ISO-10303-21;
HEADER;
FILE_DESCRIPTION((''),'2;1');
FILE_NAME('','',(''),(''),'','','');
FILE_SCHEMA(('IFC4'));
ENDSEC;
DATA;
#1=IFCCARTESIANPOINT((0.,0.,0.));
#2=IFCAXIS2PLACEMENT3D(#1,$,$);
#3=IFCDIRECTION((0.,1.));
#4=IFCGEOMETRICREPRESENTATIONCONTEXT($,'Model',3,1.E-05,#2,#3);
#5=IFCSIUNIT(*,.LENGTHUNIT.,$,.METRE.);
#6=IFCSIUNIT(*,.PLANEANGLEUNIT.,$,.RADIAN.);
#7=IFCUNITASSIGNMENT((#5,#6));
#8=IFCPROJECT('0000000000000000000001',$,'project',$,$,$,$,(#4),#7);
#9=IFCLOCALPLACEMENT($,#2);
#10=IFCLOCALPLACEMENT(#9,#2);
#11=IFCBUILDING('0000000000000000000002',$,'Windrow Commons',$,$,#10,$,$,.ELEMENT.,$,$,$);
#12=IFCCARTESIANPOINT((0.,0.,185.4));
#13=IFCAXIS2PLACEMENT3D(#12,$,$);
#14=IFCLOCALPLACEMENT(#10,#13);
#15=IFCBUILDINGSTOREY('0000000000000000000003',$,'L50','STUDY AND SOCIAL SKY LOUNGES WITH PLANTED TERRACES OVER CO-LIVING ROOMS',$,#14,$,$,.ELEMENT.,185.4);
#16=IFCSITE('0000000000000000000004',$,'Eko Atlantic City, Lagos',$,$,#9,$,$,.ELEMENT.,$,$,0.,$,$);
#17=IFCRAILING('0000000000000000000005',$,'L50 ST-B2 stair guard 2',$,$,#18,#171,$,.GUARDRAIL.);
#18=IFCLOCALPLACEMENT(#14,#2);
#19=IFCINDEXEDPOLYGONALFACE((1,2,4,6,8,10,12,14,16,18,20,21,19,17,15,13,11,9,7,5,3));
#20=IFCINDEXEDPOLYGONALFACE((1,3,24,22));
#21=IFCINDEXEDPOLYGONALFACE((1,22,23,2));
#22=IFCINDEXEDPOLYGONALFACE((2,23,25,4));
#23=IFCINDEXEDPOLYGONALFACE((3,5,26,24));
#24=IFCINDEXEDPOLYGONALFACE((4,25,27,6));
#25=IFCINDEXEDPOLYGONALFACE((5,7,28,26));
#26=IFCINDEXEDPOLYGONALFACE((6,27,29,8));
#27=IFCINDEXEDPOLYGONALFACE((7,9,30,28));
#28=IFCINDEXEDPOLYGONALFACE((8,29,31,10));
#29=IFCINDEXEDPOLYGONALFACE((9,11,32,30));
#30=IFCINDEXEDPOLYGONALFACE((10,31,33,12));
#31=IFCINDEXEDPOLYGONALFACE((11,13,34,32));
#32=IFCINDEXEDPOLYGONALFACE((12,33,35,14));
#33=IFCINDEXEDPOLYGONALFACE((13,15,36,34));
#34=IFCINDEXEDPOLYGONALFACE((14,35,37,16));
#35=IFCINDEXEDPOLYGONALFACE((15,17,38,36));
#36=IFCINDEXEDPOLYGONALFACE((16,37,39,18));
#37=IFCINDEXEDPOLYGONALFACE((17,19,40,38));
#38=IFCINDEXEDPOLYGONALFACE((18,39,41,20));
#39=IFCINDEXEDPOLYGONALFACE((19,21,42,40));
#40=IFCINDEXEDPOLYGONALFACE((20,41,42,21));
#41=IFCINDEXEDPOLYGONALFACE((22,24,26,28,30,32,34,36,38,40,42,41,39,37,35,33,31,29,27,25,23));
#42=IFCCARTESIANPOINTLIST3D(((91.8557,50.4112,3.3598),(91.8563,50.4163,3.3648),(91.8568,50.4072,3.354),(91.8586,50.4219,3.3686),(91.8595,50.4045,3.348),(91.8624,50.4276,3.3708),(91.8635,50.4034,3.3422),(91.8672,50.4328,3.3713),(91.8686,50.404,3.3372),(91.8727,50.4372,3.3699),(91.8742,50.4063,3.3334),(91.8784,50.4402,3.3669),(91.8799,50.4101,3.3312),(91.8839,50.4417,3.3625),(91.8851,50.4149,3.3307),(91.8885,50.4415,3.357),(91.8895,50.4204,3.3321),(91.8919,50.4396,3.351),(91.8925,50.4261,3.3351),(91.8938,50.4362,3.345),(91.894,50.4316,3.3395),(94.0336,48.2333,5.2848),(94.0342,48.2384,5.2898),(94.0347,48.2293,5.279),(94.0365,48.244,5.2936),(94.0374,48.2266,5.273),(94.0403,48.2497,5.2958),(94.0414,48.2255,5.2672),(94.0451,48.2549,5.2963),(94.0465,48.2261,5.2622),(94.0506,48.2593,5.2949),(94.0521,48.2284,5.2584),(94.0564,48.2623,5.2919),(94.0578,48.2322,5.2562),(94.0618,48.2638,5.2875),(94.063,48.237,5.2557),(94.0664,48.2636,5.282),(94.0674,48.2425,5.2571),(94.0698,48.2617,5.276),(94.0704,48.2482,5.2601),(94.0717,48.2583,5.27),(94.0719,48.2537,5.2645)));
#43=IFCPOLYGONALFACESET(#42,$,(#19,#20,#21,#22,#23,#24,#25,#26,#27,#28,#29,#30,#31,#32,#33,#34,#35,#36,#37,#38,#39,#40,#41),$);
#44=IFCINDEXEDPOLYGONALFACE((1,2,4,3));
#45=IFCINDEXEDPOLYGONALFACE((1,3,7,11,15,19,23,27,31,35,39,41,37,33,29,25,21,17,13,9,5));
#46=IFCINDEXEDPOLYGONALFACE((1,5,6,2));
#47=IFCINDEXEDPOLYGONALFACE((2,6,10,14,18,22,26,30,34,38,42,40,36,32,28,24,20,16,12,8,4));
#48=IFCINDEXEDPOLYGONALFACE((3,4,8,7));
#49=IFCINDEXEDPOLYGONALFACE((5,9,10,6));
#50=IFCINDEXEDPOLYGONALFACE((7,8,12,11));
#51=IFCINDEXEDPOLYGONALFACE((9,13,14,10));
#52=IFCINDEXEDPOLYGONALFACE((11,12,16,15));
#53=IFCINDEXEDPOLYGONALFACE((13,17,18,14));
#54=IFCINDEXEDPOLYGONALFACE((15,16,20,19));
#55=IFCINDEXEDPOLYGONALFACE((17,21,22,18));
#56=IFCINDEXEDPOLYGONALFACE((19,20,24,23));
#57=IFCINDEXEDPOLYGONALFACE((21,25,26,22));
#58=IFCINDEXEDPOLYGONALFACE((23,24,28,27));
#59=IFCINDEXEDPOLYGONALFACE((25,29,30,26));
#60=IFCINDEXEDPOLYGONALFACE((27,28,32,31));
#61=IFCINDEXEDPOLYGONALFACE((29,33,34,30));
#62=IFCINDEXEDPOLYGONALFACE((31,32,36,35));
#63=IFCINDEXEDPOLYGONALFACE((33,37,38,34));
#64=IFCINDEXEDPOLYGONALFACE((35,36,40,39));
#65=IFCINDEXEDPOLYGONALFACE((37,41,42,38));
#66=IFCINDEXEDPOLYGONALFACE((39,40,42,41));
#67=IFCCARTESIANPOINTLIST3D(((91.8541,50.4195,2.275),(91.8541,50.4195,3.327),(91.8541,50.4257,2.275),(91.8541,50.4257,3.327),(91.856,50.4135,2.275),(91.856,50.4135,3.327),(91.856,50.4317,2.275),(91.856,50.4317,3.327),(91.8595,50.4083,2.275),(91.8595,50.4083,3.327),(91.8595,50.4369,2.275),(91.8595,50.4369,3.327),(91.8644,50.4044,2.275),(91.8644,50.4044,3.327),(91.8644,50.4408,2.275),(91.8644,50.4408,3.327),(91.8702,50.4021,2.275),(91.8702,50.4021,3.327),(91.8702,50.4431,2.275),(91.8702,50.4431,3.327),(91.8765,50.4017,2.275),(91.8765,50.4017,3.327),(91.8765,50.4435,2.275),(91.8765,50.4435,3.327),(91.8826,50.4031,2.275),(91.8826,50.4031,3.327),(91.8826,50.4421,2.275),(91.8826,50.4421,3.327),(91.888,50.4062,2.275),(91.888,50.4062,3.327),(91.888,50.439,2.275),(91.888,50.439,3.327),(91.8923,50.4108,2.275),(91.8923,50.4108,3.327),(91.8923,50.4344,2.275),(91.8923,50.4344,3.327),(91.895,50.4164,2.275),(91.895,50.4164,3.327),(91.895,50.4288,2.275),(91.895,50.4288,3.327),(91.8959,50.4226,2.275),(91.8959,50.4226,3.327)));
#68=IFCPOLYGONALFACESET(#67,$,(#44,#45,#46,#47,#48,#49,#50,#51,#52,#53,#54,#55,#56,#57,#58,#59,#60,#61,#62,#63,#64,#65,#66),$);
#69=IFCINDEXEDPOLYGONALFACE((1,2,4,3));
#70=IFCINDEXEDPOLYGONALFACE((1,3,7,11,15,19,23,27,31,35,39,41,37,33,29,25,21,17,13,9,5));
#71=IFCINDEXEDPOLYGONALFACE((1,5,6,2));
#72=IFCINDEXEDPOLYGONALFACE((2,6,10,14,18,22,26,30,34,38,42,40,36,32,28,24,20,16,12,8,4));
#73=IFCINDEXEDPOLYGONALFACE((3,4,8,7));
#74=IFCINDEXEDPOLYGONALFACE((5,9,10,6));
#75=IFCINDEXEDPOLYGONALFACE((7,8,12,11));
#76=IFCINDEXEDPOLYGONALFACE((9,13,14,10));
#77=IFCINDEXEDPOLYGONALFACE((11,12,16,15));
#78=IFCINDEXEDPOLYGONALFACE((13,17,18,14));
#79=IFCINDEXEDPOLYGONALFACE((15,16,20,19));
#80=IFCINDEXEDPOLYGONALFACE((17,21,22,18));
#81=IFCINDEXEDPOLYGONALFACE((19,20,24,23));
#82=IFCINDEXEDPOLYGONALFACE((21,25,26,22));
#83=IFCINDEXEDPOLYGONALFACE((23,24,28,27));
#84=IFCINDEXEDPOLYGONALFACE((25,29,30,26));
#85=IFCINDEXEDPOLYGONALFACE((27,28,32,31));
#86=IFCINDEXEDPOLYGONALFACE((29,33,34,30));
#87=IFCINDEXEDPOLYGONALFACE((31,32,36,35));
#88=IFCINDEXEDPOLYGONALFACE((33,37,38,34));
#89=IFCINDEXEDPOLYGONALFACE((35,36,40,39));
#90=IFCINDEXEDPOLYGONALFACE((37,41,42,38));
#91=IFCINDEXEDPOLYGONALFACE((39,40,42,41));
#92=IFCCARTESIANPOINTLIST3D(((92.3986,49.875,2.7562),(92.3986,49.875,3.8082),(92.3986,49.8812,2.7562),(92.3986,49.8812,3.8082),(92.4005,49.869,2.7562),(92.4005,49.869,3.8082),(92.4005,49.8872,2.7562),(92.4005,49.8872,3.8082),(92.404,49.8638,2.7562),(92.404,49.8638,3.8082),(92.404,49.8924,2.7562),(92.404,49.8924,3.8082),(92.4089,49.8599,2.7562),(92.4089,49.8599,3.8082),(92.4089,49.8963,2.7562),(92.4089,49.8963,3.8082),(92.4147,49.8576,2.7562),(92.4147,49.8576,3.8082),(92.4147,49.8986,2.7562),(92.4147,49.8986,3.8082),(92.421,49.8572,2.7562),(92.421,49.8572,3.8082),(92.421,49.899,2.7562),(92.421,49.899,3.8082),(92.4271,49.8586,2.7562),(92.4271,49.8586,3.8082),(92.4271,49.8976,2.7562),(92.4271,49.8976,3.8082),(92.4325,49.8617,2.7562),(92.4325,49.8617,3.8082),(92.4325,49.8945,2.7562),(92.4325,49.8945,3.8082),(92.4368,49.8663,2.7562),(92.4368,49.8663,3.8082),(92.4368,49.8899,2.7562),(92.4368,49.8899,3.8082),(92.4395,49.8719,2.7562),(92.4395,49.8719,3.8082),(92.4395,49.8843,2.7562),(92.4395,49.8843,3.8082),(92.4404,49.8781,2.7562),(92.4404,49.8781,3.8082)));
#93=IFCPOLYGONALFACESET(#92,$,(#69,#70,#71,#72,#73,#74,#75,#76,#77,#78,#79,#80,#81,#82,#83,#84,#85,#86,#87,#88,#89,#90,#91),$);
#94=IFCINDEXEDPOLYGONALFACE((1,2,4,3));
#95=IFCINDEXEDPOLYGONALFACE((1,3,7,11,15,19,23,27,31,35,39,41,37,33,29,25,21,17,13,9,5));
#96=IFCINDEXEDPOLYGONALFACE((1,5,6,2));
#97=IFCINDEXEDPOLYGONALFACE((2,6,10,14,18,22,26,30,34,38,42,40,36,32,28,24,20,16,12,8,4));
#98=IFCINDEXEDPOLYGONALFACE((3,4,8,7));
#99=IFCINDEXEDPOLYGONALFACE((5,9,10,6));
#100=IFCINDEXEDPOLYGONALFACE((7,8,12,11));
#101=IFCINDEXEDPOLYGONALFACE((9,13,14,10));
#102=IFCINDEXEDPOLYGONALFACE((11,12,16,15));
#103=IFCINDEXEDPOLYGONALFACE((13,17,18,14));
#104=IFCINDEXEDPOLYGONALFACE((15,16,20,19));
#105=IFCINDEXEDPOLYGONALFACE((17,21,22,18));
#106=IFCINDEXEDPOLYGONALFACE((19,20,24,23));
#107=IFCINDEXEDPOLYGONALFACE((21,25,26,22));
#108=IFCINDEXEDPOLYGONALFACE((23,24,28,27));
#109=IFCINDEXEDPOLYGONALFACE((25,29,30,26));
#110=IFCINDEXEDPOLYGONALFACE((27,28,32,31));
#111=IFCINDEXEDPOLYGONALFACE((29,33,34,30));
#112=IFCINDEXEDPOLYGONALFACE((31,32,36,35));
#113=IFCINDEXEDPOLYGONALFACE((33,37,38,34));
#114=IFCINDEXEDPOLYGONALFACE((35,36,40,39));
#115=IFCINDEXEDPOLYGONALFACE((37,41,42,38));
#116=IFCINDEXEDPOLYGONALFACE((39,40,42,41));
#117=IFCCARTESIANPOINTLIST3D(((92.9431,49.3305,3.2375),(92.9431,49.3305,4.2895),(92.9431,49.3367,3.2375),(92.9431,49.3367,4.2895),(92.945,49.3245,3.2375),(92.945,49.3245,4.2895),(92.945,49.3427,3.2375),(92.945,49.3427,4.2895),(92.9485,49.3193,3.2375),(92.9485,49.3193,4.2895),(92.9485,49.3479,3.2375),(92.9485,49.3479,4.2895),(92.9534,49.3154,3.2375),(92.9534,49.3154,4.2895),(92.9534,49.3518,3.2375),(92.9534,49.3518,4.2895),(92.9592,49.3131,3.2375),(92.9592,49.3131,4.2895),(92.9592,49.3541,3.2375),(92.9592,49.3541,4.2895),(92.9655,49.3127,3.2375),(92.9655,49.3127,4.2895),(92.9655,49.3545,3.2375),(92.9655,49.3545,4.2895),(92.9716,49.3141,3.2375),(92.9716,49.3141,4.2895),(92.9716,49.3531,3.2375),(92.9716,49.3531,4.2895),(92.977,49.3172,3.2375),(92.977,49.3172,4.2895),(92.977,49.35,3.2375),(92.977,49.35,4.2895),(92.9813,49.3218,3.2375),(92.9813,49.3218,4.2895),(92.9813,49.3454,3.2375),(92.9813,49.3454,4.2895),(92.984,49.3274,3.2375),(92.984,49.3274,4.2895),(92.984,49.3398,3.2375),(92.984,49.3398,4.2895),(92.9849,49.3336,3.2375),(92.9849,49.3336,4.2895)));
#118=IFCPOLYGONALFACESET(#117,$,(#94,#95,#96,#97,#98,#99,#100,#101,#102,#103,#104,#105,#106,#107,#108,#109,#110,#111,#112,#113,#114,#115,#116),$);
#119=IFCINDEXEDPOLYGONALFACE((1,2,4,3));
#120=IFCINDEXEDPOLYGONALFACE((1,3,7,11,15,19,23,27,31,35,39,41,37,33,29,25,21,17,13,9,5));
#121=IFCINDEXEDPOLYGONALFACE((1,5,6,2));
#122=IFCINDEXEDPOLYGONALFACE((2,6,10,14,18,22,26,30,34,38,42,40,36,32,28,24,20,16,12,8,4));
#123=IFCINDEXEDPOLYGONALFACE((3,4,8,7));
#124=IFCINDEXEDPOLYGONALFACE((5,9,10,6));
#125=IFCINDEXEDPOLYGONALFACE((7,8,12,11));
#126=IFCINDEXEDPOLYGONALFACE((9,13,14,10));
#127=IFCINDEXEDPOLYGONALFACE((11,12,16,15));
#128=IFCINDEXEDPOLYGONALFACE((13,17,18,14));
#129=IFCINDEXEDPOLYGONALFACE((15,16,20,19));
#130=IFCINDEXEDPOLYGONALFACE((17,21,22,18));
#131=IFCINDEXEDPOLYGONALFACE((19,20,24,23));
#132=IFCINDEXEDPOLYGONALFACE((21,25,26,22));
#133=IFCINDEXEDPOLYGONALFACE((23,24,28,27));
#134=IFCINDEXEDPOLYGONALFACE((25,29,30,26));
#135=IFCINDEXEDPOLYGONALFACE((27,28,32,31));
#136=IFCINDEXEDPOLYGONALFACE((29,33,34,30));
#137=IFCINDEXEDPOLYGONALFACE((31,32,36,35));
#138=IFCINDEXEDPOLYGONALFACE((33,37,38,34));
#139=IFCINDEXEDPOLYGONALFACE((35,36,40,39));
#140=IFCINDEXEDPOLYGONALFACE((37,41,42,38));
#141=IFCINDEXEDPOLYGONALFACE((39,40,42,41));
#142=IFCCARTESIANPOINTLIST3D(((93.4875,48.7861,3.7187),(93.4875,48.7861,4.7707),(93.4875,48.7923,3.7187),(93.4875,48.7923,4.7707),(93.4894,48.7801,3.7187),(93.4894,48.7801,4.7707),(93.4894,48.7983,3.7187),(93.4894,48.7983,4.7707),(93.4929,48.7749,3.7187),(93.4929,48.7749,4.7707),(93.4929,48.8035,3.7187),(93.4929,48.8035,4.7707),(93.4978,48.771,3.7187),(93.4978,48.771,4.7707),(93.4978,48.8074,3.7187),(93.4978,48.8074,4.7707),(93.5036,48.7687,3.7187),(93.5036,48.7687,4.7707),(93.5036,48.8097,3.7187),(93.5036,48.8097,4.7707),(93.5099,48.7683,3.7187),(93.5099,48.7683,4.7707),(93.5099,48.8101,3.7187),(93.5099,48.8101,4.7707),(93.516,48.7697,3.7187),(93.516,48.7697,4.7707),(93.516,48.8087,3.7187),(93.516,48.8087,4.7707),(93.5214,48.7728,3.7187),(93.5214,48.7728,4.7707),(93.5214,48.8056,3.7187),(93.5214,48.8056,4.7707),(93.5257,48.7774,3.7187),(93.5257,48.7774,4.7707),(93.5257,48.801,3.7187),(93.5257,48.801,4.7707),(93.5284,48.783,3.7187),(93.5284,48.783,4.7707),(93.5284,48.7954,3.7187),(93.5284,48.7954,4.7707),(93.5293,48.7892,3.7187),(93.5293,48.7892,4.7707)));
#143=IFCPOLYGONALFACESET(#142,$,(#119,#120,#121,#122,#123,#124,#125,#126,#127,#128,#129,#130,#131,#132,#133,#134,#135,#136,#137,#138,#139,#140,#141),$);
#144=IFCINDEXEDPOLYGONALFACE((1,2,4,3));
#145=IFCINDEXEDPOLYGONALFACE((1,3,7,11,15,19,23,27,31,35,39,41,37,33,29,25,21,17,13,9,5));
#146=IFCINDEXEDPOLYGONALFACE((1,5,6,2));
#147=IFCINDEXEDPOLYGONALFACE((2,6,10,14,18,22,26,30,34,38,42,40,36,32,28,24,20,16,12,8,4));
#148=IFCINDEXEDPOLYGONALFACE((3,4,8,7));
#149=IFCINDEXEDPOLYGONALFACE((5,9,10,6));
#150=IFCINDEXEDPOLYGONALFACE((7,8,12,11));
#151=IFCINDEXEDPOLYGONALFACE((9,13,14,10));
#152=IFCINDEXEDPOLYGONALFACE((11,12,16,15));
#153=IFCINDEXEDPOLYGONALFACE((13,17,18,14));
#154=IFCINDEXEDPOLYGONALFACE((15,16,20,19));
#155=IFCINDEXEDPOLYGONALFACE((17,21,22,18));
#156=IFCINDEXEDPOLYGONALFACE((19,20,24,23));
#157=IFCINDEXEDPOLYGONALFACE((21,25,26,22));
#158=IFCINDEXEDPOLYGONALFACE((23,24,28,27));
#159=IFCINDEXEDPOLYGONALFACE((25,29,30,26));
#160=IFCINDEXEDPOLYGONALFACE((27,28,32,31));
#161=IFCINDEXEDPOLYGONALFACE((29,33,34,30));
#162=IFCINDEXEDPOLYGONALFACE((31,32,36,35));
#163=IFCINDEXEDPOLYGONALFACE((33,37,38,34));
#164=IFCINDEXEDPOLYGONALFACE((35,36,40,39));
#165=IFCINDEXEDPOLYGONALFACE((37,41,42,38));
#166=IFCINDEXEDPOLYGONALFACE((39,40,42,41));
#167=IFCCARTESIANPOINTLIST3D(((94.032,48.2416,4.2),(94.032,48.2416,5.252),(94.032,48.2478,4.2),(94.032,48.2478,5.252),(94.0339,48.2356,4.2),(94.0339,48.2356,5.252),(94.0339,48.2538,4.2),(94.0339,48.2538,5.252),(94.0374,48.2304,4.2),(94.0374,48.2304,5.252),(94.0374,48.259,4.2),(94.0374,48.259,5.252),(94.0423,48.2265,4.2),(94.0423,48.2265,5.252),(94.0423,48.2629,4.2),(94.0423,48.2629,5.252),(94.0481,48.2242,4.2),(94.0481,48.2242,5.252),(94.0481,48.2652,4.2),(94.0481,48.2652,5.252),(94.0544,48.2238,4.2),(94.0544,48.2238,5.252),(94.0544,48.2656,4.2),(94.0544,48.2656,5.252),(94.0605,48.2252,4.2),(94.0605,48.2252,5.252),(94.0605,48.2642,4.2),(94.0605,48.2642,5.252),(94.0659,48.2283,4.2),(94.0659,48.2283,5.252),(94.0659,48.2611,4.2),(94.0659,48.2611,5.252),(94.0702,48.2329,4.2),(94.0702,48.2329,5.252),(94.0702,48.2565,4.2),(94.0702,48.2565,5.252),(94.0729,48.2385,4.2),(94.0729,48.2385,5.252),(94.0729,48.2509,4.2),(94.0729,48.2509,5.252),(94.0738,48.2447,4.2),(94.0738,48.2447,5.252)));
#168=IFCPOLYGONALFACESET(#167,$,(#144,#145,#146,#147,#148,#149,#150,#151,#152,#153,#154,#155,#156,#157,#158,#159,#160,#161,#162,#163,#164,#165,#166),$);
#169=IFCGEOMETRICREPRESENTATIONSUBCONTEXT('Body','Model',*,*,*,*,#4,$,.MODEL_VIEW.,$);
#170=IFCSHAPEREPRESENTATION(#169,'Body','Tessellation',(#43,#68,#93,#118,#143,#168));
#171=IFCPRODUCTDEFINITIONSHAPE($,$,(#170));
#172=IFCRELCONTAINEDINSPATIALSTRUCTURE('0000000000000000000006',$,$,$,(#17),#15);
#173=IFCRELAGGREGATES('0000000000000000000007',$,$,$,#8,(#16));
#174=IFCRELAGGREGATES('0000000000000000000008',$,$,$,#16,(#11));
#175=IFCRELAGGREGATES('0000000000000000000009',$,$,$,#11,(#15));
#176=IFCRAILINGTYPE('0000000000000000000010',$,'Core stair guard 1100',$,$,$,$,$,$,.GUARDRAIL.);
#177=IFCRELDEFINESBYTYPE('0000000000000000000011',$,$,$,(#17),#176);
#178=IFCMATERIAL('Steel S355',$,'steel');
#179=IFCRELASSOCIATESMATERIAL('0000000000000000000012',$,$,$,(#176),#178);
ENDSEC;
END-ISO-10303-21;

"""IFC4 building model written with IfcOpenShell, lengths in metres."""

from ifc_helpers import new_model, si_unit, direction, frame, origin, origin_2d, place, context, subcontext, project, spatial, circle, extrude, material, type_object, element, save


model = new_model("IFC4")

# Units and contexts
model_context = context("Model", 3, precision=1e-05, world=origin(), true_north=direction((0.0, 1.0)))
body_context = subcontext(model_context, "Body", "Model", "MODEL_VIEW")
ifc_project = project(units=[si_unit("LENGTHUNIT", "METRE"), si_unit("PLANEANGLEUNIT", "RADIAN")], contexts=[model_context])

# Site, building, storey
site_placement = place(None, origin())
site = spatial("IfcSite", under=ifc_project, at=site_placement, Name="Eko Atlantic City, Lagos", CompositionType="ELEMENT", RefElevation=0.0)
building_placement = place(site_placement, origin())
building = spatial("IfcBuilding", under=site, at=building_placement, Name="Windrow Commons", CompositionType="ELEMENT")
storey_placement = place(building_placement, frame((0.0, 0.0, 185.4)))
storey = spatial("IfcBuildingStorey", under=building, at=storey_placement, Name="L50", Description="STUDY AND SOCIAL SKY LOUNGES WITH PLANTED TERRACES OVER CO-LIVING ROOMS", CompositionType="ELEMENT", Elevation=185.4)

# Railing
ifc_material_1 = material(Name="Steel S355", Category="steel")
railing_type_1 = type_object("IfcRailingType", Name="Core stair guard 1100", PredefinedType="GUARDRAIL", material=ifc_material_1)
railing_1_placement = place(storey_placement, frame((91.8749, 50.4226, 2.275)))
element("IfcRailing", 1, at=railing_1_placement, inside=storey, type_object=railing_type_1, Name="L50 ST-B2 stair guard 2", PredefinedType="GUARDRAIL", context=body_context, shape_type="SweptSolid", body=[
    extrude(circle(Radius=0.024, at=origin_2d()), frame((0.0, 0.0, 1.076), z_axis=(0.599626, -0.599626, 0.529997), x_axis=(0.707107, 0.707107, 0.0)), (0.0, 0.0, 1.0), 3.6321),
    extrude(circle(Radius=0.021, at=origin_2d()), origin(), (0.0, 0.0, 1.0), 1.052),
    extrude(circle(Radius=0.021, at=origin_2d()), frame((0.5445, -0.5445, 0.4812)), (0.0, 0.0, 1.0), 1.052),
    extrude(circle(Radius=0.021, at=origin_2d()), frame((1.089, -1.089, 0.9625)), (0.0, 0.0, 1.0), 1.052),
    extrude(circle(Radius=0.021, at=origin_2d()), frame((1.6334, -1.6334, 1.4437)), (0.0, 0.0, 1.0), 1.052),
    extrude(circle(Radius=0.021, at=origin_2d()), frame((2.1779, -2.1779, 1.925)), (0.0, 0.0, 1.0), 1.052),
])

save(model, "model.ifc")
